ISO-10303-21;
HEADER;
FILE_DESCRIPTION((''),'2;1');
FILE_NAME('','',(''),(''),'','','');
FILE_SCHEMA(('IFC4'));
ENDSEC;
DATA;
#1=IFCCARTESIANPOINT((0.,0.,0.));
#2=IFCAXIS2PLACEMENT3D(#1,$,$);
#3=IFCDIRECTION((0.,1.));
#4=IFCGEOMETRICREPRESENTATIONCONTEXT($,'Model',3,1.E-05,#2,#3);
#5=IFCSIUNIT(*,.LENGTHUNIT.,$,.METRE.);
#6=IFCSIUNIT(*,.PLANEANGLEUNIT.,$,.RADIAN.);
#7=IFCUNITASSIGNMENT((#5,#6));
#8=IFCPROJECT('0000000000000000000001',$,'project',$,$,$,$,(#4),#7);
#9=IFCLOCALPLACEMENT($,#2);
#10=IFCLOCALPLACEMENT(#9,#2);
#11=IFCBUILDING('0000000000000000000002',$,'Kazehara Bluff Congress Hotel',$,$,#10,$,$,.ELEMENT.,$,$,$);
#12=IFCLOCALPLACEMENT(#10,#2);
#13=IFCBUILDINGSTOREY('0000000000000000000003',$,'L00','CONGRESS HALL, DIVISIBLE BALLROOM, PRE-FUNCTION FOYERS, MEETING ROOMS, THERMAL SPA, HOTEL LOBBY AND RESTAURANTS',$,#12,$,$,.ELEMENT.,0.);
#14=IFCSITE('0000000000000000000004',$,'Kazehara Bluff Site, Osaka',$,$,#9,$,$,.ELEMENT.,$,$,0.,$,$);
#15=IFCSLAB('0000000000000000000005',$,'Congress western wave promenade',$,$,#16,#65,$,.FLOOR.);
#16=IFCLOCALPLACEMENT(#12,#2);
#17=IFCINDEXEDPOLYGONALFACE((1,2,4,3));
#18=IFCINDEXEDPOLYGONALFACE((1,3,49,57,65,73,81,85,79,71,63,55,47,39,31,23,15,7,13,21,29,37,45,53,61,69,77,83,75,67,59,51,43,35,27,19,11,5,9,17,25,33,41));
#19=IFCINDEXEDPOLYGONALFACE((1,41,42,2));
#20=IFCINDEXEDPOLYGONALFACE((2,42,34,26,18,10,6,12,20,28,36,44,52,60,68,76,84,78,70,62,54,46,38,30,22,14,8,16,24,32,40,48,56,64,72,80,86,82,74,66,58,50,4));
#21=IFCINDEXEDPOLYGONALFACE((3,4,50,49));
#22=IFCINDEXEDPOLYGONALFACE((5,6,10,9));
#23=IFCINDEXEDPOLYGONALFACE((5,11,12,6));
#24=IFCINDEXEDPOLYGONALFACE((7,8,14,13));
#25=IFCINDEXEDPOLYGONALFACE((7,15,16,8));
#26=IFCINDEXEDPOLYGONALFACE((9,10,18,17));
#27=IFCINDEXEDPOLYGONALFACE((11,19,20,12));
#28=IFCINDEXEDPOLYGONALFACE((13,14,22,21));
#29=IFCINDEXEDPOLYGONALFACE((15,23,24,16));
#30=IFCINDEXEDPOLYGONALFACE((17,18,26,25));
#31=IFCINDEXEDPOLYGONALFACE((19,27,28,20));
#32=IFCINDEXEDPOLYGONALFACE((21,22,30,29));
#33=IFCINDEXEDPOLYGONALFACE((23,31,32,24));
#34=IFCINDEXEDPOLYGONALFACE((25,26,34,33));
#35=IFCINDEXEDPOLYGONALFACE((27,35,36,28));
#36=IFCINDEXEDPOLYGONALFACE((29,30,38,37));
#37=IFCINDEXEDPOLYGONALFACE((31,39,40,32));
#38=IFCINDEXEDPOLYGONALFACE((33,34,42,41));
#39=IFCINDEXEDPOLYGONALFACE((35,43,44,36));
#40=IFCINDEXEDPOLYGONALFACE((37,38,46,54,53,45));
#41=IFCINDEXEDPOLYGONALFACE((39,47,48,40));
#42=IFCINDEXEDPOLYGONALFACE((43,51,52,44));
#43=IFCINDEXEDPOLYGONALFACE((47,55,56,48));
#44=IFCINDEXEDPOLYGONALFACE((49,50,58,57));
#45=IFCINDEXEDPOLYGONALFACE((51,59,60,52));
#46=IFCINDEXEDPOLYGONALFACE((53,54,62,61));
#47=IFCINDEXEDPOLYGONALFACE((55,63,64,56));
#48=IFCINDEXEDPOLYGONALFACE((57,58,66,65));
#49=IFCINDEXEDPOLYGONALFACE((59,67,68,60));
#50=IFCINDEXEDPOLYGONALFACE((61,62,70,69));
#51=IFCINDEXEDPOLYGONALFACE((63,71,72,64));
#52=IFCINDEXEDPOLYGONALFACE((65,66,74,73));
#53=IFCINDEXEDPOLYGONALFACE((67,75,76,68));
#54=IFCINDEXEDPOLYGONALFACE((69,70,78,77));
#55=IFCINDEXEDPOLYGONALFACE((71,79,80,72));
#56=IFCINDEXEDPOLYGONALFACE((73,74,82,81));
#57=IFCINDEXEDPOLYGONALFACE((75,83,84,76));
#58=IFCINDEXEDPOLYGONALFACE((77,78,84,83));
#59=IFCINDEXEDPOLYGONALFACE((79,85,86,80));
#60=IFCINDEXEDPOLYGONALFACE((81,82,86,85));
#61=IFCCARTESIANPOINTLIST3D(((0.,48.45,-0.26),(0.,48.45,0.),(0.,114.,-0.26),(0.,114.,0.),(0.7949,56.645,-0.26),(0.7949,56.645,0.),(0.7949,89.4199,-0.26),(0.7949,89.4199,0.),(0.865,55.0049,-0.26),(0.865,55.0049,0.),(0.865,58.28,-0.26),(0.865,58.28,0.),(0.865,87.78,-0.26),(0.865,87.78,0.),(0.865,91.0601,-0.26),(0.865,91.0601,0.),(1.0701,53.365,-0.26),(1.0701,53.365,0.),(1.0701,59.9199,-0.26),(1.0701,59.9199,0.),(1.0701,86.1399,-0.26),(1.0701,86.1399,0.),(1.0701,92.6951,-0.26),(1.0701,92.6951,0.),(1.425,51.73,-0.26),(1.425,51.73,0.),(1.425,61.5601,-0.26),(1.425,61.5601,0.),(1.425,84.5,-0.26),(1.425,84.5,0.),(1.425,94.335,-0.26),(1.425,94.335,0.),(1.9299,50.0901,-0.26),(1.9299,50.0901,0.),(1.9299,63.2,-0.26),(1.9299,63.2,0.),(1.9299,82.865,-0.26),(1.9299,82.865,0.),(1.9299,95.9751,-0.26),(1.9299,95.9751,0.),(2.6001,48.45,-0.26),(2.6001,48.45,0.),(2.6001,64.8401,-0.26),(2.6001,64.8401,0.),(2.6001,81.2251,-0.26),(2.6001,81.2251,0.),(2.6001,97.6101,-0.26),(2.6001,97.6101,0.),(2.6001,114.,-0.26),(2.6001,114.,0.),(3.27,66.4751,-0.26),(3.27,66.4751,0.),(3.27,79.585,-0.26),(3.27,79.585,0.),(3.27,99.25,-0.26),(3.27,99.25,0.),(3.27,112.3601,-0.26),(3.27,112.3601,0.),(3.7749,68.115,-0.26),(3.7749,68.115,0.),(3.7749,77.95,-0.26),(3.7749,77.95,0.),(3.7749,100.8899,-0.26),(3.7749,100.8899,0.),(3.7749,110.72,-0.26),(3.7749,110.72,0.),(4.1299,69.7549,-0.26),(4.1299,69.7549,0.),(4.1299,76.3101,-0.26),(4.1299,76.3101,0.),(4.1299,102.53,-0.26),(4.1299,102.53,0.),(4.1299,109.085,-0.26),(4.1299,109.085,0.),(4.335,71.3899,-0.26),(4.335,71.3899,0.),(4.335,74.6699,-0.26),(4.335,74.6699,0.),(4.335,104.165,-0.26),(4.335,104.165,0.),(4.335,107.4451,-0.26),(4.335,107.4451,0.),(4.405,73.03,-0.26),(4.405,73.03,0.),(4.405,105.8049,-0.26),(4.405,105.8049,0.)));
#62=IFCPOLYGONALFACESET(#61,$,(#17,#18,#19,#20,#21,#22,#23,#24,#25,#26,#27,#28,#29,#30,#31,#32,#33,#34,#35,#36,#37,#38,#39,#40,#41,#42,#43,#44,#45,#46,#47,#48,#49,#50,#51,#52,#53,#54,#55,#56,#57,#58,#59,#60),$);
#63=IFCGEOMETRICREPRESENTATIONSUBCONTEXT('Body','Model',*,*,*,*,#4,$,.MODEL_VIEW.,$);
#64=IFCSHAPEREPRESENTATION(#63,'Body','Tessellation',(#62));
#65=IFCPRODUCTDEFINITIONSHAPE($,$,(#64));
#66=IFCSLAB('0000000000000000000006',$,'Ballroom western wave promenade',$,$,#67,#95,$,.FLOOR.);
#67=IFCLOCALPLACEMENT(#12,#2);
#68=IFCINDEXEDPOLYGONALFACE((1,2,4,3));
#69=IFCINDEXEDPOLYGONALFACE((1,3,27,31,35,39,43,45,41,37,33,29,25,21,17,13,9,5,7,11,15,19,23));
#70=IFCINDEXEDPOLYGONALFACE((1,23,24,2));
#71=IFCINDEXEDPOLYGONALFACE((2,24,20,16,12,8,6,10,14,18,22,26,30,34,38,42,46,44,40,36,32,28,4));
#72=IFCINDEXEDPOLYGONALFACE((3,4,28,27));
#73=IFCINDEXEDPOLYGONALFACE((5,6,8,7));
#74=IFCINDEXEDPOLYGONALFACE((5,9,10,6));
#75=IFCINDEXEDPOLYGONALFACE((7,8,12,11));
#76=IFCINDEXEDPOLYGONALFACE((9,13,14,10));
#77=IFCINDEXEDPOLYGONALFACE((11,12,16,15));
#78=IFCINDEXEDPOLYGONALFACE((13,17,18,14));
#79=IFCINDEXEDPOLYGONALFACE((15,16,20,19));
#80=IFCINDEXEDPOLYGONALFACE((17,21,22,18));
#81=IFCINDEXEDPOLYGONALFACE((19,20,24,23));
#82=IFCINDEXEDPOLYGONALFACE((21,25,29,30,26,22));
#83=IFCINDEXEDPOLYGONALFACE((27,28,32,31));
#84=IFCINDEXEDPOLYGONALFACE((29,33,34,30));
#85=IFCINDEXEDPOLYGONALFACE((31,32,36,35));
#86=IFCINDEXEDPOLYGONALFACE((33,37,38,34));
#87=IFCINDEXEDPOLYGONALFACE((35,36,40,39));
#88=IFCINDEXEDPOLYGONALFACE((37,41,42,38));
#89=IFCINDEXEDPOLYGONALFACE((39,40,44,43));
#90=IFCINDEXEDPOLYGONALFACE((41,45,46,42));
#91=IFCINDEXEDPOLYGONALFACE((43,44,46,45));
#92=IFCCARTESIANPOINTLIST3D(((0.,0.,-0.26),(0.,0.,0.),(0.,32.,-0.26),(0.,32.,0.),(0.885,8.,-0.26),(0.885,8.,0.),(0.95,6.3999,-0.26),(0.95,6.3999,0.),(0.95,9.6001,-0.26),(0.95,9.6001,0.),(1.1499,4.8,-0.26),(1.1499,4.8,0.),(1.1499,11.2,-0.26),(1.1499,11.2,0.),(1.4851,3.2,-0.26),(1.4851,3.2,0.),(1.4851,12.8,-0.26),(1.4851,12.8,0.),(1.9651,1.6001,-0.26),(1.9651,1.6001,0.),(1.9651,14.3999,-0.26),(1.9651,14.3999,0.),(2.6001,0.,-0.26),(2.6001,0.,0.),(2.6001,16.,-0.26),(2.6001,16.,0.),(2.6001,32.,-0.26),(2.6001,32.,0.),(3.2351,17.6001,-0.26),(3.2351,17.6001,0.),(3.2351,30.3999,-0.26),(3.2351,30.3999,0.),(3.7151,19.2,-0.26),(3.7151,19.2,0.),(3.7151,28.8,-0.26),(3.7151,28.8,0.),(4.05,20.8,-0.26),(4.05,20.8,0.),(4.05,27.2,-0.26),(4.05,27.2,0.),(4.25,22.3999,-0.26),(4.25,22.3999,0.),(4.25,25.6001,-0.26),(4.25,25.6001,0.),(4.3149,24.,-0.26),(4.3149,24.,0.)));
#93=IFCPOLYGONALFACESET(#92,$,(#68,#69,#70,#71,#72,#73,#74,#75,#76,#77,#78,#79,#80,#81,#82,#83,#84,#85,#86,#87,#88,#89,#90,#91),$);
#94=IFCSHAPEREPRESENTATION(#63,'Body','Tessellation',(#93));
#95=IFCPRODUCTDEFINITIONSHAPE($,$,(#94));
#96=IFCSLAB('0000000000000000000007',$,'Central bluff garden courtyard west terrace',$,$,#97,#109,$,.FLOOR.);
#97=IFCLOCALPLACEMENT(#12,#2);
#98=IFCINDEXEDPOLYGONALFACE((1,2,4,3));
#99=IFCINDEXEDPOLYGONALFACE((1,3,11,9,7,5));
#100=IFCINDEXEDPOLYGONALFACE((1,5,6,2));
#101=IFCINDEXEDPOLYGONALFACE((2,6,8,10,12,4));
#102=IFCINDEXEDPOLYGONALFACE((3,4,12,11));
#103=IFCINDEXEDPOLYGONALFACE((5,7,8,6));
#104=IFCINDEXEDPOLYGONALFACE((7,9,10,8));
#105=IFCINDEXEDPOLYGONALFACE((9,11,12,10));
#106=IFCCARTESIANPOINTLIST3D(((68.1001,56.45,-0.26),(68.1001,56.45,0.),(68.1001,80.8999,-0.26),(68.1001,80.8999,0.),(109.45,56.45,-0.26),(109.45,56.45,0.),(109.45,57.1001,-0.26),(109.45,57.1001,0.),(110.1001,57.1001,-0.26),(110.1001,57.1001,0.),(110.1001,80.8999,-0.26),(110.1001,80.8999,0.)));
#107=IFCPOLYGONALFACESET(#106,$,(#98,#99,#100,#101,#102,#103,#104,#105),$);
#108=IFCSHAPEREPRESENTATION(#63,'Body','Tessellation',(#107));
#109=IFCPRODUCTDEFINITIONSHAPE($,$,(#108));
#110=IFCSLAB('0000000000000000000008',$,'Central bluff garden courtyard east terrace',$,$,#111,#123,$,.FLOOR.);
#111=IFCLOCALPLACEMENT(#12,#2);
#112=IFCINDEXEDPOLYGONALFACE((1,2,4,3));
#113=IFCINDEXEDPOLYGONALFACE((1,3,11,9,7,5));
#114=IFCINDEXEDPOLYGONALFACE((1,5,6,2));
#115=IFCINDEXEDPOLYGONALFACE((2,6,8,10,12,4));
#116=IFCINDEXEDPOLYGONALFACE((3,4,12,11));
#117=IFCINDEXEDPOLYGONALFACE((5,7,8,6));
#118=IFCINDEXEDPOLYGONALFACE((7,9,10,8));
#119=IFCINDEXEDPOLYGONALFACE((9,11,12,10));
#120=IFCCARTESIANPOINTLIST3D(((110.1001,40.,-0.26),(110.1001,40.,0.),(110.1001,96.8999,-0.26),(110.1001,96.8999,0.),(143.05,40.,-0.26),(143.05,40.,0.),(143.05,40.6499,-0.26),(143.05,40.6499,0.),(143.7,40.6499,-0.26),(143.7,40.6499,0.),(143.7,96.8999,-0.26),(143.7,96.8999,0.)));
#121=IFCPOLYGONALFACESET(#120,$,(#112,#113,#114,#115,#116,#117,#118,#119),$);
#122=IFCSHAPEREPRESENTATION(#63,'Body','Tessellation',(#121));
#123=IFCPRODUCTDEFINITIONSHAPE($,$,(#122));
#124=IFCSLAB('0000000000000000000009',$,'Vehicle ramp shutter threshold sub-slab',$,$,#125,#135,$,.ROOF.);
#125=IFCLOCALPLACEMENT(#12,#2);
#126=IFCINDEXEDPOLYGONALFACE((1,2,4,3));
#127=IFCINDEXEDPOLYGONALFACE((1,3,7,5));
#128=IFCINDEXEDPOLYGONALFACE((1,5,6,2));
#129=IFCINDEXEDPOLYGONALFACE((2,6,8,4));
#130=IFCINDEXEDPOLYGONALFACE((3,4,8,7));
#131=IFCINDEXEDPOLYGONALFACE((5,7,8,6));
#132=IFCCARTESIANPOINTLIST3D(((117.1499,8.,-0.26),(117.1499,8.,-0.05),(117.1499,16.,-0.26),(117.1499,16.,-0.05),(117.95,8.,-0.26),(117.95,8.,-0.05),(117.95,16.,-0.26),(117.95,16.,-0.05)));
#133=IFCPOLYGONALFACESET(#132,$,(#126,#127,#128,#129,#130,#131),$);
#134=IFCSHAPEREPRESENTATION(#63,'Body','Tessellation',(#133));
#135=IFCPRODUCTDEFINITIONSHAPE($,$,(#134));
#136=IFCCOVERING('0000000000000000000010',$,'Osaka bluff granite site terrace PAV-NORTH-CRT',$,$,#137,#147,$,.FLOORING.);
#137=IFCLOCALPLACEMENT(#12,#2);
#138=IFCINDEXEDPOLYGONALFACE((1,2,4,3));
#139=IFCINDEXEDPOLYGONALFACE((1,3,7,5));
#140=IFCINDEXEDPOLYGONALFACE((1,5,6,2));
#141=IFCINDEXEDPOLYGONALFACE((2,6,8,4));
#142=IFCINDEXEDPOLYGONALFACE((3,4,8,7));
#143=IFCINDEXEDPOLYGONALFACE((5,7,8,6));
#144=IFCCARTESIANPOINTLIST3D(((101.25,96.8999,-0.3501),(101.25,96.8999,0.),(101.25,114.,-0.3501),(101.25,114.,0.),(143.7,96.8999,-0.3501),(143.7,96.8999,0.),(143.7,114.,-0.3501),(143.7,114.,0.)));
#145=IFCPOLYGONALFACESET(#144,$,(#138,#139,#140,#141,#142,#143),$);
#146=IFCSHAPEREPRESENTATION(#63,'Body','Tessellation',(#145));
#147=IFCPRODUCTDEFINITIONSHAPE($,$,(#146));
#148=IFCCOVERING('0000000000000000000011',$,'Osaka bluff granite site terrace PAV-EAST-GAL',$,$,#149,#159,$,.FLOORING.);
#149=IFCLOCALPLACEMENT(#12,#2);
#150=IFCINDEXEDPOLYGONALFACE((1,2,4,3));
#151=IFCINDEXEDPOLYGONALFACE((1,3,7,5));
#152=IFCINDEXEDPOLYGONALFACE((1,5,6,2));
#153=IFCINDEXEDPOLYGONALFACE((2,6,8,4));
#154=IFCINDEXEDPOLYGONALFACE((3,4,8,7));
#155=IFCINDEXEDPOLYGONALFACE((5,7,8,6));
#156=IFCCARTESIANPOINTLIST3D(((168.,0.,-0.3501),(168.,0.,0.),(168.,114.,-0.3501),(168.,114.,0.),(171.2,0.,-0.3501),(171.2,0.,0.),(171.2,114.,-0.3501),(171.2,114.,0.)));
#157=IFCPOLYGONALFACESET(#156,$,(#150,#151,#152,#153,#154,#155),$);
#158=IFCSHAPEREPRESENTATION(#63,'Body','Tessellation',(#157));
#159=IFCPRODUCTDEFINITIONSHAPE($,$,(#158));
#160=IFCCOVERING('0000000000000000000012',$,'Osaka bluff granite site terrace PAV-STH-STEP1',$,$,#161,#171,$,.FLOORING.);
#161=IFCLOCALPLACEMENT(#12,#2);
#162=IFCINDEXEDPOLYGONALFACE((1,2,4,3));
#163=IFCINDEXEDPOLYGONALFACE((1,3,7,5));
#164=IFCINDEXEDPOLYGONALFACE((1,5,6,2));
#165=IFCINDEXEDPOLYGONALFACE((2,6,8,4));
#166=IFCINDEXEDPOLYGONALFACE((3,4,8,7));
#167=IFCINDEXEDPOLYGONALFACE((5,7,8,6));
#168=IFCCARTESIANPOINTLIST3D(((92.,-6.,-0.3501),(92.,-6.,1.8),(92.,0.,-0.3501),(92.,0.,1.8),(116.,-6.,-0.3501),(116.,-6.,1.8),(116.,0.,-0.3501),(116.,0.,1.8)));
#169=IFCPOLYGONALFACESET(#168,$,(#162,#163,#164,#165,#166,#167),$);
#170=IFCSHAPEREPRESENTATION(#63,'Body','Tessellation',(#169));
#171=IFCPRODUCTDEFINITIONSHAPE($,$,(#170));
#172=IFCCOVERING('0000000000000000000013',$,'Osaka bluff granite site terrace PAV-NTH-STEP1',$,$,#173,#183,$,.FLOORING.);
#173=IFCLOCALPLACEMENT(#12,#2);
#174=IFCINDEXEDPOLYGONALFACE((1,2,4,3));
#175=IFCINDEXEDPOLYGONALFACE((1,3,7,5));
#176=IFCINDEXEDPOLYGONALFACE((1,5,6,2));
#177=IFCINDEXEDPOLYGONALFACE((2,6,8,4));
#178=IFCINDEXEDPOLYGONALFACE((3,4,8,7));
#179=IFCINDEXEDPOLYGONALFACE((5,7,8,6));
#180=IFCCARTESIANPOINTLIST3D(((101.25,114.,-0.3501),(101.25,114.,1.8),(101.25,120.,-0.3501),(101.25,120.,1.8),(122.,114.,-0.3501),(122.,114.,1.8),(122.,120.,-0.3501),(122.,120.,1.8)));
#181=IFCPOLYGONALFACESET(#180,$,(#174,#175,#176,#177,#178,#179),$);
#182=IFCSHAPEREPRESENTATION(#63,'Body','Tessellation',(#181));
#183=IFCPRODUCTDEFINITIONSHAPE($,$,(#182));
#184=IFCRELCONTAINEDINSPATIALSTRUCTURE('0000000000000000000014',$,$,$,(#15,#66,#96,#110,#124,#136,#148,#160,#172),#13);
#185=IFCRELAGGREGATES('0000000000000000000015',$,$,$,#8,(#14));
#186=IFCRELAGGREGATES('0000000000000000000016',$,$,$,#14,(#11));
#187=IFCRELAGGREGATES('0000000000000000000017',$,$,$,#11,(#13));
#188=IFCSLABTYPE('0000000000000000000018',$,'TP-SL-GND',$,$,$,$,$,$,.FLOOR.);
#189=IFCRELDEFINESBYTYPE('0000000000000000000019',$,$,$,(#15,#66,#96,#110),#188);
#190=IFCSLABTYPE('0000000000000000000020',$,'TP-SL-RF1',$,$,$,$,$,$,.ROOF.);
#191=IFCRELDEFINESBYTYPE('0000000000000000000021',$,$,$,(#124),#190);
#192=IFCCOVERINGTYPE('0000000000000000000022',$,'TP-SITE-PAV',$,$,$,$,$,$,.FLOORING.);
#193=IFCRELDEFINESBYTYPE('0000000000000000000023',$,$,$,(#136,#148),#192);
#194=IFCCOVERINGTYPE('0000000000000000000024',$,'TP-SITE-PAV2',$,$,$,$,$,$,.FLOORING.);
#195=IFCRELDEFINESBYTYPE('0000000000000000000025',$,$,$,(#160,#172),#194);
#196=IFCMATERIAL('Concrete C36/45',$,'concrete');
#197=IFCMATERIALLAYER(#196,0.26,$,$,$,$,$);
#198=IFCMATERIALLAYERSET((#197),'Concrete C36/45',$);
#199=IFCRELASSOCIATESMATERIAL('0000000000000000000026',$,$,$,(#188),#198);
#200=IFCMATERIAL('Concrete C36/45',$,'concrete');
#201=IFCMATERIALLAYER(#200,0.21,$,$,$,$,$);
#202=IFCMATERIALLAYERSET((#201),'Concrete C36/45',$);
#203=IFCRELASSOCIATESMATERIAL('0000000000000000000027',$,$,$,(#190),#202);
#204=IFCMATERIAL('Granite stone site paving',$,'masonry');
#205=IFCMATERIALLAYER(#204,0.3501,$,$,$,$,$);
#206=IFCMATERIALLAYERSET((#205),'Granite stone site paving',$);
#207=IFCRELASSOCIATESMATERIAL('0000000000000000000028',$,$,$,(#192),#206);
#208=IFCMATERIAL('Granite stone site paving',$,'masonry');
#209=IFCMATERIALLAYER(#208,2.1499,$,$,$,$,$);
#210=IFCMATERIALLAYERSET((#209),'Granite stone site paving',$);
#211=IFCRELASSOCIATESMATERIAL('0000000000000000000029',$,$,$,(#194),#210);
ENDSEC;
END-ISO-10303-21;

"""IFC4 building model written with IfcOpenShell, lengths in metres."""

from ifc_helpers import new_model, si_unit, direction, frame, origin, place, context, subcontext, project, spatial, polyline, outline, extrude, material, layer, layer_set, type_object, element, save


model = new_model("IFC4")

# Units and contexts
model_context = context("Model", 3, precision=1e-05, world=origin(), true_north=direction((0.0, 1.0)))
body_context = subcontext(model_context, "Body", "Model", "MODEL_VIEW")
ifc_project = project(units=[si_unit("LENGTHUNIT", "METRE"), si_unit("PLANEANGLEUNIT", "RADIAN")], contexts=[model_context])

# Site, building, storey
site_placement = place(None, origin())
site = spatial("IfcSite", under=ifc_project, at=site_placement, Name="Kazehara Bluff Site, Osaka", CompositionType="ELEMENT", RefElevation=0.0)
building_placement = place(site_placement, origin())
building = spatial("IfcBuilding", under=site, at=building_placement, Name="Kazehara Bluff Congress Hotel", CompositionType="ELEMENT")
storey_placement = place(building_placement, origin())
storey = spatial("IfcBuildingStorey", under=building, at=storey_placement, Name="L00", Description="CONGRESS HALL, DIVISIBLE BALLROOM, PRE-FUNCTION FOYERS, MEETING ROOMS, THERMAL SPA, HOTEL LOBBY AND RESTAURANTS", CompositionType="ELEMENT", Elevation=0.0)

# Slabs
ifc_material_1 = material(Name="Concrete C36/45", Category="concrete")
ifc_layer_1 = layer(ifc_material_1, 0.26)
ifc_layer_set_1 = layer_set([ifc_layer_1], Name="Concrete C36/45")
slab_type_1 = type_object("IfcSlabType", Name="TP-SL-GND", PredefinedType="FLOOR", material=ifc_layer_set_1)
slab_1_placement = place(storey_placement, frame((0.0, 0.0, -0.26)))
element("IfcSlab", 1, at=slab_1_placement, inside=storey, type_object=slab_type_1, Name="Congress western wave promenade", PredefinedType="FLOOR", context=body_context, shape_type="SweptSolid", body=[
    extrude(outline(polyline([(0.0, 48.45), (2.6001, 48.45), (1.9299, 50.0901), (1.425, 51.73), (1.0701, 53.365), (0.865, 55.0049), (0.7949, 56.645), (0.865, 58.28), (1.0701, 59.9199), (1.425, 61.5601), (1.9299, 63.2), (2.6001, 64.8401), (3.27, 66.4751), (3.7749, 68.115), (4.1299, 69.7549), (4.335, 71.3899), (4.405, 73.03), (4.335, 74.6699), (4.1299, 76.3101), (3.7749, 77.95), (3.27, 79.585), (2.6001, 81.2251), (1.9299, 82.865), (1.425, 84.5), (1.0701, 86.1399), (0.865, 87.78), (0.7949, 89.4199), (0.865, 91.0601), (1.0701, 92.6951), (1.425, 94.335), (1.9299, 95.9751), (2.6001, 97.6101), (3.27, 99.25), (3.7749, 100.8899), (4.1299, 102.53), (4.335, 104.165), (4.405, 105.8049), (4.335, 107.4451), (4.1299, 109.085), (3.7749, 110.72), (3.27, 112.3601), (2.6001, 114.0), (0.0, 114.0), (0.0, 48.45)])), origin(), (0.0, 0.0, 1.0), 0.26),
])
slab_2_placement = place(storey_placement, frame((0.0, 0.0, -0.26)))
element("IfcSlab", 2, at=slab_2_placement, inside=storey, type_object=slab_type_1, Name="Ballroom western wave promenade", PredefinedType="FLOOR", context=body_context, shape_type="SweptSolid", body=[
    extrude(outline(polyline([(0.0, 0.0), (2.6001, 0.0), (1.9651, 1.6001), (1.4851, 3.2), (1.1499, 4.8), (0.95, 6.3999), (0.885, 8.0), (0.95, 9.6001), (1.1499, 11.2), (1.4851, 12.8), (1.9651, 14.3999), (2.6001, 16.0), (3.2351, 17.6001), (3.7151, 19.2), (4.05, 20.8), (4.25, 22.3999), (4.3149, 24.0), (4.25, 25.6001), (4.05, 27.2), (3.7151, 28.8), (3.2351, 30.3999), (2.6001, 32.0), (0.0, 32.0), (0.0, 0.0)])), origin(), (0.0, 0.0, 1.0), 0.26),
])
slab_3_placement = place(storey_placement, frame((0.0, 0.0, -0.26)))
element("IfcSlab", 3, at=slab_3_placement, inside=storey, type_object=slab_type_1, Name="Central bluff garden courtyard west terrace", PredefinedType="FLOOR", context=body_context, shape_type="SweptSolid", body=[
    extrude(outline(polyline([(68.1001, 56.45), (109.45, 56.45), (109.45, 57.1001), (110.1001, 57.1001), (110.1001, 80.8999), (68.1001, 80.8999), (68.1001, 56.45)])), origin(), (0.0, 0.0, 1.0), 0.26),
])
slab_4_placement = place(storey_placement, frame((0.0, 0.0, -0.26)))
element("IfcSlab", 4, at=slab_4_placement, inside=storey, type_object=slab_type_1, Name="Central bluff garden courtyard east terrace", PredefinedType="FLOOR", context=body_context, shape_type="SweptSolid", body=[
    extrude(outline(polyline([(110.1001, 40.0), (143.05, 40.0), (143.05, 40.6499), (143.7, 40.6499), (143.7, 96.8999), (110.1001, 96.8999), (110.1001, 40.0)])), origin(), (0.0, 0.0, 1.0), 0.26),
])
ifc_material_2 = material(Name="Concrete C36/45", Category="concrete")
ifc_layer_2 = layer(ifc_material_2, 0.21)
ifc_layer_set_2 = layer_set([ifc_layer_2], Name="Concrete C36/45")
slab_type_2 = type_object("IfcSlabType", Name="TP-SL-RF1", PredefinedType="ROOF", material=ifc_layer_set_2)
slab_5_placement = place(storey_placement, frame((0.0, 0.0, -0.26)))
element("IfcSlab", 5, at=slab_5_placement, inside=storey, type_object=slab_type_2, Name="Vehicle ramp shutter threshold sub-slab", PredefinedType="ROOF", context=body_context, shape_type="SweptSolid", body=[
    extrude(outline(polyline([(117.1499, 8.0), (117.95, 8.0), (117.95, 16.0), (117.1499, 16.0), (117.1499, 8.0)])), origin(), (0.0, 0.0, 1.0), 0.21),
])

# Coverings
ifc_material_3 = material(Name="Granite stone site paving", Category="masonry")
ifc_layer_3 = layer(ifc_material_3, 0.3501)
ifc_layer_set_3 = layer_set([ifc_layer_3], Name="Granite stone site paving")
covering_type_1 = type_object("IfcCoveringType", Name="TP-SITE-PAV", PredefinedType="FLOORING", material=ifc_layer_set_3)
covering_1_placement = place(storey_placement, frame((0.0, 0.0, -0.3501)))
element("IfcCovering", 6, at=covering_1_placement, inside=storey, type_object=covering_type_1, Name="Osaka bluff granite site terrace PAV-NORTH-CRT", PredefinedType="FLOORING", context=body_context, shape_type="SweptSolid", body=[
    extrude(outline(polyline([(101.25, 96.8999), (143.7, 96.8999), (143.7, 114.0), (101.25, 114.0), (101.25, 96.8999)])), origin(), (0.0, 0.0, 1.0), 0.3501),
])
covering_2_placement = place(storey_placement, frame((0.0, 0.0, -0.3501)))
element("IfcCovering", 7, at=covering_2_placement, inside=storey, type_object=covering_type_1, Name="Osaka bluff granite site terrace PAV-EAST-GAL", PredefinedType="FLOORING", context=body_context, shape_type="SweptSolid", body=[
    extrude(outline(polyline([(168.0, 0.0), (171.2, 0.0), (171.2, 114.0), (168.0, 114.0), (168.0, 0.0)])), origin(), (0.0, 0.0, 1.0), 0.3501),
])
ifc_material_4 = material(Name="Granite stone site paving", Category="masonry")
ifc_layer_4 = layer(ifc_material_4, 2.1499)
ifc_layer_set_4 = layer_set([ifc_layer_4], Name="Granite stone site paving")
covering_type_2 = type_object("IfcCoveringType", Name="TP-SITE-PAV2", PredefinedType="FLOORING", material=ifc_layer_set_4)
covering_3_placement = place(storey_placement, frame((0.0, 0.0, -0.3501)))
element("IfcCovering", 8, at=covering_3_placement, inside=storey, type_object=covering_type_2, Name="Osaka bluff granite site terrace PAV-STH-STEP1", PredefinedType="FLOORING", context=body_context, shape_type="SweptSolid", body=[
    extrude(outline(polyline([(92.0, -6.0), (116.0, -6.0), (116.0, 0.0), (92.0, 0.0), (92.0, -6.0)])), origin(), (0.0, 0.0, 1.0), 2.1501),
])
covering_4_placement = place(storey_placement, frame((0.0, 0.0, -0.3501)))
element("IfcCovering", 9, at=covering_4_placement, inside=storey, type_object=covering_type_2, Name="Osaka bluff granite site terrace PAV-NTH-STEP1", PredefinedType="FLOORING", context=body_context, shape_type="SweptSolid", body=[
    extrude(outline(polyline([(101.25, 114.0), (122.0, 114.0), (122.0, 120.0), (101.25, 120.0), (101.25, 114.0)])), origin(), (0.0, 0.0, 1.0), 2.1501),
])

save(model, "model.ifc")
